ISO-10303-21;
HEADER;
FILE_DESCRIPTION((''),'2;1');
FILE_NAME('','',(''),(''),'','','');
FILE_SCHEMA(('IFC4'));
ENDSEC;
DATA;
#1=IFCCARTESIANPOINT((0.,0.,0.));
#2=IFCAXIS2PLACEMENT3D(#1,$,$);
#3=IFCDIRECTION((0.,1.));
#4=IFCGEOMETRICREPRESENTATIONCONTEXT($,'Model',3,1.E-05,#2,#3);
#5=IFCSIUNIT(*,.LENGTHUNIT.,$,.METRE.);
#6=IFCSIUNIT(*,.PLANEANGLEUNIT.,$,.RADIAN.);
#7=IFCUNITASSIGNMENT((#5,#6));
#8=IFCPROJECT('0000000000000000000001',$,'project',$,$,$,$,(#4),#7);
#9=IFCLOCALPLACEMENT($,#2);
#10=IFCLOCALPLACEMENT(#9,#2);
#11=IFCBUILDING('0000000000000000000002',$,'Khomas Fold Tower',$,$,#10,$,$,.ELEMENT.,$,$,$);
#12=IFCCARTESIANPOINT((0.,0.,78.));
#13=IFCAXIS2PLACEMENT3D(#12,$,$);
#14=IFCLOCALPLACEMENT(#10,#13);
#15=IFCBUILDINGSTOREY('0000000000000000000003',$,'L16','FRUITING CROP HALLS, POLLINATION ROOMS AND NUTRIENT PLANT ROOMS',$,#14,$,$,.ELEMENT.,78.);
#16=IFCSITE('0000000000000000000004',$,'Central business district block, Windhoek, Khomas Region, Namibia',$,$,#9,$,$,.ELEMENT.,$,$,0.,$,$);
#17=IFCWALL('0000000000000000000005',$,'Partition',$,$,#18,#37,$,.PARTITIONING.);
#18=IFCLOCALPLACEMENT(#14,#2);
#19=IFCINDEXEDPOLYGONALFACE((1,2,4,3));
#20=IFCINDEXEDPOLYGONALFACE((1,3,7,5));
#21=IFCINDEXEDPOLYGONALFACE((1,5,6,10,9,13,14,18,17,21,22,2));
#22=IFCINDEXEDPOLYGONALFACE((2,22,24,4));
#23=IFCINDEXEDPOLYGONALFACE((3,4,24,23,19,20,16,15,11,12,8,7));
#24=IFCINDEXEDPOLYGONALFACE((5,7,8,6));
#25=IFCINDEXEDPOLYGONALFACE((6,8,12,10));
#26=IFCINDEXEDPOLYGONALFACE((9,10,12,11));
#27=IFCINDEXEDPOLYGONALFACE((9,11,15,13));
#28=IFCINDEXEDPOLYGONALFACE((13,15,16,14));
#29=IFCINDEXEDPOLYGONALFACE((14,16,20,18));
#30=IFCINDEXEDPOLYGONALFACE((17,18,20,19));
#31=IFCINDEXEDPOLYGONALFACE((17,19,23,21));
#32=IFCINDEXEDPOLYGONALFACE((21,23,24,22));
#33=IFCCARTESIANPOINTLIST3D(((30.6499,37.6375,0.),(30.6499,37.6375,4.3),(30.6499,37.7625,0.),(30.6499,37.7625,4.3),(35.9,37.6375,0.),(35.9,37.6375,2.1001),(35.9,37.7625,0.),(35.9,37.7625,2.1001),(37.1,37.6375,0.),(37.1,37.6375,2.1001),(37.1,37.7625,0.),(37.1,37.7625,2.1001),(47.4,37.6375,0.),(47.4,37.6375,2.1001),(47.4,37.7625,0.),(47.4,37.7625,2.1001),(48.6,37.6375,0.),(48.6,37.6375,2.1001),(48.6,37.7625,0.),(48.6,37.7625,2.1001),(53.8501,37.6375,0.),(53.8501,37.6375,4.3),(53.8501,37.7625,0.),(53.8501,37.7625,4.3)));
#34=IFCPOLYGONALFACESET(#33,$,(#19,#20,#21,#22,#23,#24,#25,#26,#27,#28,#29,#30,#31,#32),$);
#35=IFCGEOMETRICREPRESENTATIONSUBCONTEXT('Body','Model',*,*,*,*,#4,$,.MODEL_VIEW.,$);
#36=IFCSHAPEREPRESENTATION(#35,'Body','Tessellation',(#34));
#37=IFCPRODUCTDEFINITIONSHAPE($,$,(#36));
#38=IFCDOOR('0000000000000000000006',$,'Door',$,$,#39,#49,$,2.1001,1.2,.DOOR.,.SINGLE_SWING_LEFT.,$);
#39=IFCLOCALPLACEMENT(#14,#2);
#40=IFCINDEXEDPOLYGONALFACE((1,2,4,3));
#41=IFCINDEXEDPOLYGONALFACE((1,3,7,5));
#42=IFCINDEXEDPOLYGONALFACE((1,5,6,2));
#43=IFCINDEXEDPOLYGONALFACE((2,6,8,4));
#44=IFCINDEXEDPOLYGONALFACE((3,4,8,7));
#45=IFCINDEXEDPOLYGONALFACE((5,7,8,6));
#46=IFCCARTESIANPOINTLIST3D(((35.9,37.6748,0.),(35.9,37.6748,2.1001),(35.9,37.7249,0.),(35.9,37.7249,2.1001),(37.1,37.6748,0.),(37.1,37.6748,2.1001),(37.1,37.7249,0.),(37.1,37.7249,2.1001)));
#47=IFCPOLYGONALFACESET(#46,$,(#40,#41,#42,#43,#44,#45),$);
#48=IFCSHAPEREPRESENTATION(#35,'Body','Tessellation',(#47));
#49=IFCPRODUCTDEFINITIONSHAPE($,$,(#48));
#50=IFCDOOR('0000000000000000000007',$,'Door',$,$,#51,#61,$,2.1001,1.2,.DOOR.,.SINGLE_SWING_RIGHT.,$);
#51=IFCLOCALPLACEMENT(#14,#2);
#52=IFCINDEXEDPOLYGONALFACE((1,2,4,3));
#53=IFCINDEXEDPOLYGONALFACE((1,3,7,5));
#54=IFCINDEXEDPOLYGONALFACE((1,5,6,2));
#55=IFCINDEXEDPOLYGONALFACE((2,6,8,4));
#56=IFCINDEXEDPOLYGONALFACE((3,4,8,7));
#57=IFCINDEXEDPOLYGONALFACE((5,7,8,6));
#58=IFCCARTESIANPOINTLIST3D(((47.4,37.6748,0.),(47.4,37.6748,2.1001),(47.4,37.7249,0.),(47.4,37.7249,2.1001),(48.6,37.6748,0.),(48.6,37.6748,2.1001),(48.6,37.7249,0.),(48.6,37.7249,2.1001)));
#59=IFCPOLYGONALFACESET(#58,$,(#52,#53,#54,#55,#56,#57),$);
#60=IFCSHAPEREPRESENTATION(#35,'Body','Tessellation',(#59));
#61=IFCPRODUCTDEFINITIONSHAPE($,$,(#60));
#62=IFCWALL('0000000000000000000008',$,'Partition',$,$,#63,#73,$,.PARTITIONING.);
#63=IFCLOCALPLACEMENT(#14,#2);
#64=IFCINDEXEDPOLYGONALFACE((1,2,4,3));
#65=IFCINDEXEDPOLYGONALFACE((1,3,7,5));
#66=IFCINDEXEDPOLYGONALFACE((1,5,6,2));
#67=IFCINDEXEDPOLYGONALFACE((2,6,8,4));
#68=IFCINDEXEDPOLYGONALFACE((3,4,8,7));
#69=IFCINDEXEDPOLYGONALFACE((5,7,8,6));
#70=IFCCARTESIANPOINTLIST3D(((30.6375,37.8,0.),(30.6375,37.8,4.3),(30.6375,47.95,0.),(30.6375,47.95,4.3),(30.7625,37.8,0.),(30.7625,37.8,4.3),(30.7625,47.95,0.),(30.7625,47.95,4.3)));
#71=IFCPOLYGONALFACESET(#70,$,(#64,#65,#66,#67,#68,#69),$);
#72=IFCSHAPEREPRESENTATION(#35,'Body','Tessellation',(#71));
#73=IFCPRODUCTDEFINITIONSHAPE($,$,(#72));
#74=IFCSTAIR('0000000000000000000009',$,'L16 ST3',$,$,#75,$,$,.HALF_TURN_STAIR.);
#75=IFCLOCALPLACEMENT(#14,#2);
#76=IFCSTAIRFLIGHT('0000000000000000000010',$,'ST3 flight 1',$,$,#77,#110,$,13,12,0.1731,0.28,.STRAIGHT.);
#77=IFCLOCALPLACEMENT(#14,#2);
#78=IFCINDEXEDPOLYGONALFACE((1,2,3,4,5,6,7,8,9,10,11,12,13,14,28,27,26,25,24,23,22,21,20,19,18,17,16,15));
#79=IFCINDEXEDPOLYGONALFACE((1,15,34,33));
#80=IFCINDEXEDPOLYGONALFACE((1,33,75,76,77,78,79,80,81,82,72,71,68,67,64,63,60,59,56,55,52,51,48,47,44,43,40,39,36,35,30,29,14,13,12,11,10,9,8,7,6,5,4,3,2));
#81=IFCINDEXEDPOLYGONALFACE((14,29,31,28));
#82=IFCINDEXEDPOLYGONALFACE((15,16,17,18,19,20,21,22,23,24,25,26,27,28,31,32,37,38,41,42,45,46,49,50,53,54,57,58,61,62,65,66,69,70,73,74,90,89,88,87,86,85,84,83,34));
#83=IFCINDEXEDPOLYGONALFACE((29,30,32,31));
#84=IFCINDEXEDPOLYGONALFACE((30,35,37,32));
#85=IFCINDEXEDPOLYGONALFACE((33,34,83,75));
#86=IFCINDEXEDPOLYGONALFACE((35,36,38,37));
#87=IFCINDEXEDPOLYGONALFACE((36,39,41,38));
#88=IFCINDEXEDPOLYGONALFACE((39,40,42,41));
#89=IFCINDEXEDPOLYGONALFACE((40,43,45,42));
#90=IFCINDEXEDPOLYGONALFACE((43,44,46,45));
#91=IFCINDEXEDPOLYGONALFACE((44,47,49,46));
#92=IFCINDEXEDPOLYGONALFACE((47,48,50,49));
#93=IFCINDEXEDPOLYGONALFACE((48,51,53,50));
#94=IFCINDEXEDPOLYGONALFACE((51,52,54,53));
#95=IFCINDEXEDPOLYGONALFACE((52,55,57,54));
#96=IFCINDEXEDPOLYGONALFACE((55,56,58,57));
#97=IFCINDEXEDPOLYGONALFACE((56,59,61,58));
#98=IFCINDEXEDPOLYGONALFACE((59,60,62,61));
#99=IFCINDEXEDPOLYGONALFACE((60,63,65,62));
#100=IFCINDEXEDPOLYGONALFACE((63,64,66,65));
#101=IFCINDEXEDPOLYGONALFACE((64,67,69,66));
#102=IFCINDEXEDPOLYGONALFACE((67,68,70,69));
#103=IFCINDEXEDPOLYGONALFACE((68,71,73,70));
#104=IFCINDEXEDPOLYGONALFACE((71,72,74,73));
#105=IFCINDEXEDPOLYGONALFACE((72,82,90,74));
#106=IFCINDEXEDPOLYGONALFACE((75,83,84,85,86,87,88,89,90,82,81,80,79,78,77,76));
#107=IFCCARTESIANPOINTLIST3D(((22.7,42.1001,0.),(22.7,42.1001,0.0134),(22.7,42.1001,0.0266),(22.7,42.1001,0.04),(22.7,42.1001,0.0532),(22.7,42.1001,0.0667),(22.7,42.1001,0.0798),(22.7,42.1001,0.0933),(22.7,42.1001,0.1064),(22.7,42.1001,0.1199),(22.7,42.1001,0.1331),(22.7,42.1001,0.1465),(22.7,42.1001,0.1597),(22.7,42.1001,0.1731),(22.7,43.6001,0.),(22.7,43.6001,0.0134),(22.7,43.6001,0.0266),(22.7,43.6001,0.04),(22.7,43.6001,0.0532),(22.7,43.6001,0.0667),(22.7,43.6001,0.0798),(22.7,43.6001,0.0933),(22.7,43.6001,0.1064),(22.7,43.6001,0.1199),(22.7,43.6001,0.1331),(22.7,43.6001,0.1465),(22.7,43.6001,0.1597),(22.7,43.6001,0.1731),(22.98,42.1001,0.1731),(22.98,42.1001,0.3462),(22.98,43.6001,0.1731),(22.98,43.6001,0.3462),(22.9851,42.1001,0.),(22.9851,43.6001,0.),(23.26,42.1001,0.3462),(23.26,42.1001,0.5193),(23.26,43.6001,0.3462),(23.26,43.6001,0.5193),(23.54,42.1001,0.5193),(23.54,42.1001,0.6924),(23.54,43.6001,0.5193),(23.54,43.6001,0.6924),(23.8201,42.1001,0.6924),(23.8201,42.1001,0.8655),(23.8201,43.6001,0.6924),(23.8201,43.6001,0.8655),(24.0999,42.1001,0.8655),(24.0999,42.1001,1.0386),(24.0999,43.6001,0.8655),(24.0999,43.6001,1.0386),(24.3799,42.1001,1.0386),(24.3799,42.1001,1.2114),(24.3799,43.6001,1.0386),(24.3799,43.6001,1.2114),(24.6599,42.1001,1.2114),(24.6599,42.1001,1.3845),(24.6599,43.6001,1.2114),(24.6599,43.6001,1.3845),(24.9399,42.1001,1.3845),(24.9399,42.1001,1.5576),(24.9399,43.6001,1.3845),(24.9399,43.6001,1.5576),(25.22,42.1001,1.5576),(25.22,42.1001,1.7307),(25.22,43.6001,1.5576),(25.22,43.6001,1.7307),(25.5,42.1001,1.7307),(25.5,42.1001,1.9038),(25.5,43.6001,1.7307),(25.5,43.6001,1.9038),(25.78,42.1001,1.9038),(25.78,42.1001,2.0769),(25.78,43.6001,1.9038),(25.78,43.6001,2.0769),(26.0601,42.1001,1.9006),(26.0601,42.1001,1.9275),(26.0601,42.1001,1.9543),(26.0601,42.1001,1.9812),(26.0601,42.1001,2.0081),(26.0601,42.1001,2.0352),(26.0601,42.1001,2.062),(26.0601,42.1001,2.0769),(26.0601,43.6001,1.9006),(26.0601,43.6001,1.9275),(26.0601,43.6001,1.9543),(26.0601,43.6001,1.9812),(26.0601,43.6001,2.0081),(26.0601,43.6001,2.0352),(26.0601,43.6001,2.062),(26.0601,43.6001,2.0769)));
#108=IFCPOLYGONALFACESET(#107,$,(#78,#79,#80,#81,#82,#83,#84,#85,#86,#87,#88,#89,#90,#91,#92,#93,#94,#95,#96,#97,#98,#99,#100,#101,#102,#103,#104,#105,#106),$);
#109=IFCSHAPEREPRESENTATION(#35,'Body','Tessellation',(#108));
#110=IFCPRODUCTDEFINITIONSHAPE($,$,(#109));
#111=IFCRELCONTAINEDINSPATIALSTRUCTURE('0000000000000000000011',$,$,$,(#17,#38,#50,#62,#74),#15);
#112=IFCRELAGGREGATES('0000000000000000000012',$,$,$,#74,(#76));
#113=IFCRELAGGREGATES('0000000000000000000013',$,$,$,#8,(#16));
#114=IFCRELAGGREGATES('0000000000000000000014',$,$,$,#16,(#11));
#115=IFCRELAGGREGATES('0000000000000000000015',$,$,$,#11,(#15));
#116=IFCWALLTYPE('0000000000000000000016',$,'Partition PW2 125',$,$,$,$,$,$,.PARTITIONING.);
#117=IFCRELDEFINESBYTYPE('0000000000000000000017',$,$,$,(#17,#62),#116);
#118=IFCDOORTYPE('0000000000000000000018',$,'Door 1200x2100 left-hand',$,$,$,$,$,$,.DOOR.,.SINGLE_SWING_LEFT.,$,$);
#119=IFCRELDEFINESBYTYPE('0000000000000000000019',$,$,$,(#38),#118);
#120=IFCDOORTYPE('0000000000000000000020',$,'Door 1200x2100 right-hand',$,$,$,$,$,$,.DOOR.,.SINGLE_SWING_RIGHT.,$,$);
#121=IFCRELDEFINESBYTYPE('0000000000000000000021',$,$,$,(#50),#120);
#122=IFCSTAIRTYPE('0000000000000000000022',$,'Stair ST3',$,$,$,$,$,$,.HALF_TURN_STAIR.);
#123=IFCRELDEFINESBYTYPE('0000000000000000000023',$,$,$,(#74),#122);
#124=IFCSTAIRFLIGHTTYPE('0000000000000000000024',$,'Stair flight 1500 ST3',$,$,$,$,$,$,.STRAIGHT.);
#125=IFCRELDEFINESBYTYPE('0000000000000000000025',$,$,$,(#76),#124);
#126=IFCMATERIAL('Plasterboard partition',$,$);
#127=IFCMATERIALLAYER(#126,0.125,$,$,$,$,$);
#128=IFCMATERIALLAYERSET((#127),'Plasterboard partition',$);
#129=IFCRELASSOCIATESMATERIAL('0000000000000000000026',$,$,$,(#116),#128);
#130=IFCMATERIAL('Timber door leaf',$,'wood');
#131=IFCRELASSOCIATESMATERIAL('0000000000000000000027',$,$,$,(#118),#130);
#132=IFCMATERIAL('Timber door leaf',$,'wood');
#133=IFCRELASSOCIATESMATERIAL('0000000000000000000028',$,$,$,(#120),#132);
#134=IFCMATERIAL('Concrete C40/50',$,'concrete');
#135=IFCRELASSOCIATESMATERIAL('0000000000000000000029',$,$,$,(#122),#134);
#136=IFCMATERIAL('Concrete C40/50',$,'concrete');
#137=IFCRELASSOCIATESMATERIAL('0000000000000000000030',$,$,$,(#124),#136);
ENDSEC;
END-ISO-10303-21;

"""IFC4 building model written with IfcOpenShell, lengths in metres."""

from ifc_helpers import new_model, si_unit, direction, frame, frame_2d, origin, place, context, subcontext, project, spatial, polyline, rectangle, outline, extrude, source, transform, mapped, material, layer, layer_set, type_object, element, fill, aggregate, save


model = new_model("IFC4")

# Units and contexts
model_context = context("Model", 3, precision=1e-05, world=origin(), true_north=direction((0.0, 1.0)))
body_context = subcontext(model_context, "Body", "Model", "MODEL_VIEW")
ifc_project = project(units=[si_unit("LENGTHUNIT", "METRE"), si_unit("PLANEANGLEUNIT", "RADIAN")], contexts=[model_context])

# Site, building, storey
site_placement = place(None, origin())
site = spatial("IfcSite", under=ifc_project, at=site_placement, Name="Central business district block, Windhoek, Khomas Region, Namibia", CompositionType="ELEMENT", RefElevation=0.0)
building_placement = place(site_placement, origin())
building = spatial("IfcBuilding", under=site, at=building_placement, Name="Khomas Fold Tower", CompositionType="ELEMENT")
storey_placement = place(building_placement, frame((0.0, 0.0, 78.0)))
storey = spatial("IfcBuildingStorey", under=building, at=storey_placement, Name="L16", Description="FRUITING CROP HALLS, POLLINATION ROOMS AND NUTRIENT PLANT ROOMS", CompositionType="ELEMENT", Elevation=78.0)

# Shared definitions
ifc_material_1 = material(Name="Plasterboard partition")
ifc_layer_1 = layer(ifc_material_1, 0.125)
ifc_layer_set_1 = layer_set([ifc_layer_1], Name="Plasterboard partition")
wall_type_1 = type_object("IfcWallType", Name="Partition PW2 125", PredefinedType="PARTITIONING", material=ifc_layer_set_1)
shared_shape_1 = source(origin(), body_context, "Body", "SweptSolid", [
    extrude(rectangle(XDim=1.2, YDim=2.1001, at=frame_2d((0.6001, 1.05))), frame((0.0, 0.0725, 0.0), z_axis=(0.0, -1.0, 0.0), x_axis=(1.0, 0.0, 0.0)), (0.0, 0.0, 1.0), 0.145),
])
ifc_material_2 = material(Name="Timber door leaf", Category="wood")
door_type_1 = type_object("IfcDoorType", Name="Door 1200x2100 left-hand", OperationType="SINGLE_SWING_LEFT", PredefinedType="DOOR", material=ifc_material_2)
shared_shape_2 = source(origin(), body_context, "Body", "SweptSolid", [
    extrude(rectangle(XDim=1.2, YDim=2.1001, at=frame_2d((0.6001, 1.05))), frame((0.0, 0.0249, 0.0), z_axis=(0.0, -1.0, 0.0), x_axis=(1.0, 0.0, 0.0)), (0.0, 0.0, 1.0), 0.05),
])

# Wall, openings, doors
shared_shape_3 = source(origin(), body_context, "Body", "SweptSolid", [
    extrude(rectangle(XDim=23.2002, YDim=0.125, at=frame_2d((11.6001, 0.0))), origin(), (0.0, 0.0, 1.0), 4.3),
])
wall_1_placement = place(storey_placement, frame((30.6499, 37.7, 0.0), z_axis=(0.0, 0.0, 1.0), x_axis=(1.0, 0.0, 0.0)))
wall_1 = element("IfcWall", 1, at=wall_1_placement, inside=storey, type_object=wall_type_1, Name="Partition", PredefinedType="PARTITIONING", context=body_context, shape_type="MappedRepresentation", body=[
    mapped(shared_shape_3, transform((0.0, 0.0, 0.0))),
])
opening_1_placement = place(wall_1_placement, frame((5.25, 0.0, 0.0)))
opening_1 = element("IfcOpeningElement", 2, at=opening_1_placement, cuts=wall_1, PredefinedType="OPENING", context=body_context, shape_type="MappedRepresentation", body=[
    mapped(shared_shape_1, transform((0.0, 0.0, 0.0))),
])
opening_2_placement = place(wall_1_placement, frame((16.75, 0.0, 0.0)))
opening_2 = element("IfcOpeningElement", 3, at=opening_2_placement, cuts=wall_1, PredefinedType="OPENING", context=body_context, shape_type="MappedRepresentation", body=[
    mapped(shared_shape_1, transform((0.0, 0.0, 0.0))),
])
door_1_placement = place(opening_1_placement, origin())
door_1 = element("IfcDoor", 4, at=door_1_placement, inside=storey, type_object=door_type_1, Name="Door", OperationType="SINGLE_SWING_LEFT", OverallHeight=2.1001, OverallWidth=1.2, PredefinedType="DOOR", context=body_context, shape_type="MappedRepresentation", body=[
    mapped(shared_shape_2, transform((0.0, 0.0, 0.0))),
])
fill(opening_1, door_1)
ifc_material_3 = material(Name="Timber door leaf", Category="wood")
door_type_2 = type_object("IfcDoorType", Name="Door 1200x2100 right-hand", OperationType="SINGLE_SWING_RIGHT", PredefinedType="DOOR", material=ifc_material_3)
door_2_placement = place(opening_2_placement, origin())
door_2 = element("IfcDoor", 5, at=door_2_placement, inside=storey, type_object=door_type_2, Name="Door", OperationType="SINGLE_SWING_RIGHT", OverallHeight=2.1001, OverallWidth=1.2, PredefinedType="DOOR", context=body_context, shape_type="MappedRepresentation", body=[
    mapped(shared_shape_2, transform((0.0, 0.0, 0.0))),
])
fill(opening_2, door_2)

# Wall
shared_shape_4 = source(origin(), body_context, "Body", "SweptSolid", [
    extrude(rectangle(XDim=10.1499, YDim=0.125, at=frame_2d((5.075, 0.0))), origin(), (0.0, 0.0, 1.0), 4.3),
])
wall_2_placement = place(storey_placement, frame((30.7, 37.8, 0.0), z_axis=(0.0, 0.0, 1.0), x_axis=(0.0, 1.0, 0.0)))
element("IfcWall", 6, at=wall_2_placement, inside=storey, type_object=wall_type_1, Name="Partition", PredefinedType="PARTITIONING", context=body_context, shape_type="MappedRepresentation", body=[
    mapped(shared_shape_4, transform((0.0, 0.0, 0.0))),
])

# Stair, stair flight
ifc_material_4 = material(Name="Concrete C40/50", Category="concrete")
stair_type = type_object("IfcStairType", Name="Stair ST3", PredefinedType="HALF_TURN_STAIR", material=ifc_material_4)
stair_placement = place(storey_placement, origin())
stair = element("IfcStair", 7, at=stair_placement, inside=storey, type_object=stair_type, Name="L16 ST3", PredefinedType="HALF_TURN_STAIR")
ifc_material_5 = material(Name="Concrete C40/50", Category="concrete")
stair_flight_type = type_object("IfcStairFlightType", Name="Stair flight 1500 ST3", PredefinedType="STRAIGHT", material=ifc_material_5)
shared_shape_5 = source(origin(), body_context, "Body", "SweptSolid", [
    extrude(outline(polyline([(0.0, 0.0), (0.0, 0.0134), (0.0, 0.0266), (0.0, 0.04), (0.0, 0.0532), (0.0, 0.0667), (0.0, 0.0798), (0.0, 0.0933), (0.0, 0.1064), (0.0, 0.1199), (0.0, 0.1331), (0.0, 0.1465), (0.0, 0.1597), (0.0, 0.1731), (0.28, 0.1731), (0.28, 0.3462), (0.5601, 0.3462), (0.5601, 0.5193), (0.8401, 0.5193), (0.8401, 0.6924), (1.1201, 0.6924), (1.1201, 0.8655), (1.3999, 0.8655), (1.3999, 1.0386), (1.6799, 1.0386), (1.6799, 1.2114), (1.96, 1.2114), (1.96, 1.3845), (2.24, 1.3845), (2.24, 1.5576), (2.52, 1.5576), (2.52, 1.7307), (2.8, 1.7307), (2.8, 1.9038), (3.0801, 1.9038), (3.0801, 2.0769), (3.3601, 2.0769), (3.3601, 2.25), (3.3601, 2.2231), (3.3601, 2.1963), (3.3601, 2.1694), (3.3601, 2.1426), (3.3601, 2.1157), (3.3601, 2.0889), (3.3601, 2.062), (3.3601, 2.0352), (3.3601, 2.0081), (3.3601, 1.9812), (3.3601, 1.9543), (3.3601, 1.9275), (3.3601, 1.9006), (0.2852, 0.0), (0.0, 0.0)])), frame((0.0, 0.75, 0.0), z_axis=(0.0, -1.0, 0.0), x_axis=(1.0, 0.0, 0.0)), (0.0, 0.0, 1.0), 1.5),
])
stair_flight_placement = place(storey_placement, frame((22.7, 42.8501, 0.0), z_axis=(0.0, 0.0, 1.0), x_axis=(1.0, 0.0, 0.0)))
stair_flight = element("IfcStairFlight", 8, at=stair_flight_placement, type_object=stair_flight_type, Name="ST3 flight 1", NumberOfRisers=13, NumberOfTreads=12, PredefinedType="STRAIGHT", RiserHeight=0.1731, TreadLength=0.28, context=body_context, shape_type="MappedRepresentation", body=[
    mapped(shared_shape_5, transform((0.0, 0.0, 0.0))),
])
aggregate(stair, [stair_flight])

save(model, "model.ifc")
